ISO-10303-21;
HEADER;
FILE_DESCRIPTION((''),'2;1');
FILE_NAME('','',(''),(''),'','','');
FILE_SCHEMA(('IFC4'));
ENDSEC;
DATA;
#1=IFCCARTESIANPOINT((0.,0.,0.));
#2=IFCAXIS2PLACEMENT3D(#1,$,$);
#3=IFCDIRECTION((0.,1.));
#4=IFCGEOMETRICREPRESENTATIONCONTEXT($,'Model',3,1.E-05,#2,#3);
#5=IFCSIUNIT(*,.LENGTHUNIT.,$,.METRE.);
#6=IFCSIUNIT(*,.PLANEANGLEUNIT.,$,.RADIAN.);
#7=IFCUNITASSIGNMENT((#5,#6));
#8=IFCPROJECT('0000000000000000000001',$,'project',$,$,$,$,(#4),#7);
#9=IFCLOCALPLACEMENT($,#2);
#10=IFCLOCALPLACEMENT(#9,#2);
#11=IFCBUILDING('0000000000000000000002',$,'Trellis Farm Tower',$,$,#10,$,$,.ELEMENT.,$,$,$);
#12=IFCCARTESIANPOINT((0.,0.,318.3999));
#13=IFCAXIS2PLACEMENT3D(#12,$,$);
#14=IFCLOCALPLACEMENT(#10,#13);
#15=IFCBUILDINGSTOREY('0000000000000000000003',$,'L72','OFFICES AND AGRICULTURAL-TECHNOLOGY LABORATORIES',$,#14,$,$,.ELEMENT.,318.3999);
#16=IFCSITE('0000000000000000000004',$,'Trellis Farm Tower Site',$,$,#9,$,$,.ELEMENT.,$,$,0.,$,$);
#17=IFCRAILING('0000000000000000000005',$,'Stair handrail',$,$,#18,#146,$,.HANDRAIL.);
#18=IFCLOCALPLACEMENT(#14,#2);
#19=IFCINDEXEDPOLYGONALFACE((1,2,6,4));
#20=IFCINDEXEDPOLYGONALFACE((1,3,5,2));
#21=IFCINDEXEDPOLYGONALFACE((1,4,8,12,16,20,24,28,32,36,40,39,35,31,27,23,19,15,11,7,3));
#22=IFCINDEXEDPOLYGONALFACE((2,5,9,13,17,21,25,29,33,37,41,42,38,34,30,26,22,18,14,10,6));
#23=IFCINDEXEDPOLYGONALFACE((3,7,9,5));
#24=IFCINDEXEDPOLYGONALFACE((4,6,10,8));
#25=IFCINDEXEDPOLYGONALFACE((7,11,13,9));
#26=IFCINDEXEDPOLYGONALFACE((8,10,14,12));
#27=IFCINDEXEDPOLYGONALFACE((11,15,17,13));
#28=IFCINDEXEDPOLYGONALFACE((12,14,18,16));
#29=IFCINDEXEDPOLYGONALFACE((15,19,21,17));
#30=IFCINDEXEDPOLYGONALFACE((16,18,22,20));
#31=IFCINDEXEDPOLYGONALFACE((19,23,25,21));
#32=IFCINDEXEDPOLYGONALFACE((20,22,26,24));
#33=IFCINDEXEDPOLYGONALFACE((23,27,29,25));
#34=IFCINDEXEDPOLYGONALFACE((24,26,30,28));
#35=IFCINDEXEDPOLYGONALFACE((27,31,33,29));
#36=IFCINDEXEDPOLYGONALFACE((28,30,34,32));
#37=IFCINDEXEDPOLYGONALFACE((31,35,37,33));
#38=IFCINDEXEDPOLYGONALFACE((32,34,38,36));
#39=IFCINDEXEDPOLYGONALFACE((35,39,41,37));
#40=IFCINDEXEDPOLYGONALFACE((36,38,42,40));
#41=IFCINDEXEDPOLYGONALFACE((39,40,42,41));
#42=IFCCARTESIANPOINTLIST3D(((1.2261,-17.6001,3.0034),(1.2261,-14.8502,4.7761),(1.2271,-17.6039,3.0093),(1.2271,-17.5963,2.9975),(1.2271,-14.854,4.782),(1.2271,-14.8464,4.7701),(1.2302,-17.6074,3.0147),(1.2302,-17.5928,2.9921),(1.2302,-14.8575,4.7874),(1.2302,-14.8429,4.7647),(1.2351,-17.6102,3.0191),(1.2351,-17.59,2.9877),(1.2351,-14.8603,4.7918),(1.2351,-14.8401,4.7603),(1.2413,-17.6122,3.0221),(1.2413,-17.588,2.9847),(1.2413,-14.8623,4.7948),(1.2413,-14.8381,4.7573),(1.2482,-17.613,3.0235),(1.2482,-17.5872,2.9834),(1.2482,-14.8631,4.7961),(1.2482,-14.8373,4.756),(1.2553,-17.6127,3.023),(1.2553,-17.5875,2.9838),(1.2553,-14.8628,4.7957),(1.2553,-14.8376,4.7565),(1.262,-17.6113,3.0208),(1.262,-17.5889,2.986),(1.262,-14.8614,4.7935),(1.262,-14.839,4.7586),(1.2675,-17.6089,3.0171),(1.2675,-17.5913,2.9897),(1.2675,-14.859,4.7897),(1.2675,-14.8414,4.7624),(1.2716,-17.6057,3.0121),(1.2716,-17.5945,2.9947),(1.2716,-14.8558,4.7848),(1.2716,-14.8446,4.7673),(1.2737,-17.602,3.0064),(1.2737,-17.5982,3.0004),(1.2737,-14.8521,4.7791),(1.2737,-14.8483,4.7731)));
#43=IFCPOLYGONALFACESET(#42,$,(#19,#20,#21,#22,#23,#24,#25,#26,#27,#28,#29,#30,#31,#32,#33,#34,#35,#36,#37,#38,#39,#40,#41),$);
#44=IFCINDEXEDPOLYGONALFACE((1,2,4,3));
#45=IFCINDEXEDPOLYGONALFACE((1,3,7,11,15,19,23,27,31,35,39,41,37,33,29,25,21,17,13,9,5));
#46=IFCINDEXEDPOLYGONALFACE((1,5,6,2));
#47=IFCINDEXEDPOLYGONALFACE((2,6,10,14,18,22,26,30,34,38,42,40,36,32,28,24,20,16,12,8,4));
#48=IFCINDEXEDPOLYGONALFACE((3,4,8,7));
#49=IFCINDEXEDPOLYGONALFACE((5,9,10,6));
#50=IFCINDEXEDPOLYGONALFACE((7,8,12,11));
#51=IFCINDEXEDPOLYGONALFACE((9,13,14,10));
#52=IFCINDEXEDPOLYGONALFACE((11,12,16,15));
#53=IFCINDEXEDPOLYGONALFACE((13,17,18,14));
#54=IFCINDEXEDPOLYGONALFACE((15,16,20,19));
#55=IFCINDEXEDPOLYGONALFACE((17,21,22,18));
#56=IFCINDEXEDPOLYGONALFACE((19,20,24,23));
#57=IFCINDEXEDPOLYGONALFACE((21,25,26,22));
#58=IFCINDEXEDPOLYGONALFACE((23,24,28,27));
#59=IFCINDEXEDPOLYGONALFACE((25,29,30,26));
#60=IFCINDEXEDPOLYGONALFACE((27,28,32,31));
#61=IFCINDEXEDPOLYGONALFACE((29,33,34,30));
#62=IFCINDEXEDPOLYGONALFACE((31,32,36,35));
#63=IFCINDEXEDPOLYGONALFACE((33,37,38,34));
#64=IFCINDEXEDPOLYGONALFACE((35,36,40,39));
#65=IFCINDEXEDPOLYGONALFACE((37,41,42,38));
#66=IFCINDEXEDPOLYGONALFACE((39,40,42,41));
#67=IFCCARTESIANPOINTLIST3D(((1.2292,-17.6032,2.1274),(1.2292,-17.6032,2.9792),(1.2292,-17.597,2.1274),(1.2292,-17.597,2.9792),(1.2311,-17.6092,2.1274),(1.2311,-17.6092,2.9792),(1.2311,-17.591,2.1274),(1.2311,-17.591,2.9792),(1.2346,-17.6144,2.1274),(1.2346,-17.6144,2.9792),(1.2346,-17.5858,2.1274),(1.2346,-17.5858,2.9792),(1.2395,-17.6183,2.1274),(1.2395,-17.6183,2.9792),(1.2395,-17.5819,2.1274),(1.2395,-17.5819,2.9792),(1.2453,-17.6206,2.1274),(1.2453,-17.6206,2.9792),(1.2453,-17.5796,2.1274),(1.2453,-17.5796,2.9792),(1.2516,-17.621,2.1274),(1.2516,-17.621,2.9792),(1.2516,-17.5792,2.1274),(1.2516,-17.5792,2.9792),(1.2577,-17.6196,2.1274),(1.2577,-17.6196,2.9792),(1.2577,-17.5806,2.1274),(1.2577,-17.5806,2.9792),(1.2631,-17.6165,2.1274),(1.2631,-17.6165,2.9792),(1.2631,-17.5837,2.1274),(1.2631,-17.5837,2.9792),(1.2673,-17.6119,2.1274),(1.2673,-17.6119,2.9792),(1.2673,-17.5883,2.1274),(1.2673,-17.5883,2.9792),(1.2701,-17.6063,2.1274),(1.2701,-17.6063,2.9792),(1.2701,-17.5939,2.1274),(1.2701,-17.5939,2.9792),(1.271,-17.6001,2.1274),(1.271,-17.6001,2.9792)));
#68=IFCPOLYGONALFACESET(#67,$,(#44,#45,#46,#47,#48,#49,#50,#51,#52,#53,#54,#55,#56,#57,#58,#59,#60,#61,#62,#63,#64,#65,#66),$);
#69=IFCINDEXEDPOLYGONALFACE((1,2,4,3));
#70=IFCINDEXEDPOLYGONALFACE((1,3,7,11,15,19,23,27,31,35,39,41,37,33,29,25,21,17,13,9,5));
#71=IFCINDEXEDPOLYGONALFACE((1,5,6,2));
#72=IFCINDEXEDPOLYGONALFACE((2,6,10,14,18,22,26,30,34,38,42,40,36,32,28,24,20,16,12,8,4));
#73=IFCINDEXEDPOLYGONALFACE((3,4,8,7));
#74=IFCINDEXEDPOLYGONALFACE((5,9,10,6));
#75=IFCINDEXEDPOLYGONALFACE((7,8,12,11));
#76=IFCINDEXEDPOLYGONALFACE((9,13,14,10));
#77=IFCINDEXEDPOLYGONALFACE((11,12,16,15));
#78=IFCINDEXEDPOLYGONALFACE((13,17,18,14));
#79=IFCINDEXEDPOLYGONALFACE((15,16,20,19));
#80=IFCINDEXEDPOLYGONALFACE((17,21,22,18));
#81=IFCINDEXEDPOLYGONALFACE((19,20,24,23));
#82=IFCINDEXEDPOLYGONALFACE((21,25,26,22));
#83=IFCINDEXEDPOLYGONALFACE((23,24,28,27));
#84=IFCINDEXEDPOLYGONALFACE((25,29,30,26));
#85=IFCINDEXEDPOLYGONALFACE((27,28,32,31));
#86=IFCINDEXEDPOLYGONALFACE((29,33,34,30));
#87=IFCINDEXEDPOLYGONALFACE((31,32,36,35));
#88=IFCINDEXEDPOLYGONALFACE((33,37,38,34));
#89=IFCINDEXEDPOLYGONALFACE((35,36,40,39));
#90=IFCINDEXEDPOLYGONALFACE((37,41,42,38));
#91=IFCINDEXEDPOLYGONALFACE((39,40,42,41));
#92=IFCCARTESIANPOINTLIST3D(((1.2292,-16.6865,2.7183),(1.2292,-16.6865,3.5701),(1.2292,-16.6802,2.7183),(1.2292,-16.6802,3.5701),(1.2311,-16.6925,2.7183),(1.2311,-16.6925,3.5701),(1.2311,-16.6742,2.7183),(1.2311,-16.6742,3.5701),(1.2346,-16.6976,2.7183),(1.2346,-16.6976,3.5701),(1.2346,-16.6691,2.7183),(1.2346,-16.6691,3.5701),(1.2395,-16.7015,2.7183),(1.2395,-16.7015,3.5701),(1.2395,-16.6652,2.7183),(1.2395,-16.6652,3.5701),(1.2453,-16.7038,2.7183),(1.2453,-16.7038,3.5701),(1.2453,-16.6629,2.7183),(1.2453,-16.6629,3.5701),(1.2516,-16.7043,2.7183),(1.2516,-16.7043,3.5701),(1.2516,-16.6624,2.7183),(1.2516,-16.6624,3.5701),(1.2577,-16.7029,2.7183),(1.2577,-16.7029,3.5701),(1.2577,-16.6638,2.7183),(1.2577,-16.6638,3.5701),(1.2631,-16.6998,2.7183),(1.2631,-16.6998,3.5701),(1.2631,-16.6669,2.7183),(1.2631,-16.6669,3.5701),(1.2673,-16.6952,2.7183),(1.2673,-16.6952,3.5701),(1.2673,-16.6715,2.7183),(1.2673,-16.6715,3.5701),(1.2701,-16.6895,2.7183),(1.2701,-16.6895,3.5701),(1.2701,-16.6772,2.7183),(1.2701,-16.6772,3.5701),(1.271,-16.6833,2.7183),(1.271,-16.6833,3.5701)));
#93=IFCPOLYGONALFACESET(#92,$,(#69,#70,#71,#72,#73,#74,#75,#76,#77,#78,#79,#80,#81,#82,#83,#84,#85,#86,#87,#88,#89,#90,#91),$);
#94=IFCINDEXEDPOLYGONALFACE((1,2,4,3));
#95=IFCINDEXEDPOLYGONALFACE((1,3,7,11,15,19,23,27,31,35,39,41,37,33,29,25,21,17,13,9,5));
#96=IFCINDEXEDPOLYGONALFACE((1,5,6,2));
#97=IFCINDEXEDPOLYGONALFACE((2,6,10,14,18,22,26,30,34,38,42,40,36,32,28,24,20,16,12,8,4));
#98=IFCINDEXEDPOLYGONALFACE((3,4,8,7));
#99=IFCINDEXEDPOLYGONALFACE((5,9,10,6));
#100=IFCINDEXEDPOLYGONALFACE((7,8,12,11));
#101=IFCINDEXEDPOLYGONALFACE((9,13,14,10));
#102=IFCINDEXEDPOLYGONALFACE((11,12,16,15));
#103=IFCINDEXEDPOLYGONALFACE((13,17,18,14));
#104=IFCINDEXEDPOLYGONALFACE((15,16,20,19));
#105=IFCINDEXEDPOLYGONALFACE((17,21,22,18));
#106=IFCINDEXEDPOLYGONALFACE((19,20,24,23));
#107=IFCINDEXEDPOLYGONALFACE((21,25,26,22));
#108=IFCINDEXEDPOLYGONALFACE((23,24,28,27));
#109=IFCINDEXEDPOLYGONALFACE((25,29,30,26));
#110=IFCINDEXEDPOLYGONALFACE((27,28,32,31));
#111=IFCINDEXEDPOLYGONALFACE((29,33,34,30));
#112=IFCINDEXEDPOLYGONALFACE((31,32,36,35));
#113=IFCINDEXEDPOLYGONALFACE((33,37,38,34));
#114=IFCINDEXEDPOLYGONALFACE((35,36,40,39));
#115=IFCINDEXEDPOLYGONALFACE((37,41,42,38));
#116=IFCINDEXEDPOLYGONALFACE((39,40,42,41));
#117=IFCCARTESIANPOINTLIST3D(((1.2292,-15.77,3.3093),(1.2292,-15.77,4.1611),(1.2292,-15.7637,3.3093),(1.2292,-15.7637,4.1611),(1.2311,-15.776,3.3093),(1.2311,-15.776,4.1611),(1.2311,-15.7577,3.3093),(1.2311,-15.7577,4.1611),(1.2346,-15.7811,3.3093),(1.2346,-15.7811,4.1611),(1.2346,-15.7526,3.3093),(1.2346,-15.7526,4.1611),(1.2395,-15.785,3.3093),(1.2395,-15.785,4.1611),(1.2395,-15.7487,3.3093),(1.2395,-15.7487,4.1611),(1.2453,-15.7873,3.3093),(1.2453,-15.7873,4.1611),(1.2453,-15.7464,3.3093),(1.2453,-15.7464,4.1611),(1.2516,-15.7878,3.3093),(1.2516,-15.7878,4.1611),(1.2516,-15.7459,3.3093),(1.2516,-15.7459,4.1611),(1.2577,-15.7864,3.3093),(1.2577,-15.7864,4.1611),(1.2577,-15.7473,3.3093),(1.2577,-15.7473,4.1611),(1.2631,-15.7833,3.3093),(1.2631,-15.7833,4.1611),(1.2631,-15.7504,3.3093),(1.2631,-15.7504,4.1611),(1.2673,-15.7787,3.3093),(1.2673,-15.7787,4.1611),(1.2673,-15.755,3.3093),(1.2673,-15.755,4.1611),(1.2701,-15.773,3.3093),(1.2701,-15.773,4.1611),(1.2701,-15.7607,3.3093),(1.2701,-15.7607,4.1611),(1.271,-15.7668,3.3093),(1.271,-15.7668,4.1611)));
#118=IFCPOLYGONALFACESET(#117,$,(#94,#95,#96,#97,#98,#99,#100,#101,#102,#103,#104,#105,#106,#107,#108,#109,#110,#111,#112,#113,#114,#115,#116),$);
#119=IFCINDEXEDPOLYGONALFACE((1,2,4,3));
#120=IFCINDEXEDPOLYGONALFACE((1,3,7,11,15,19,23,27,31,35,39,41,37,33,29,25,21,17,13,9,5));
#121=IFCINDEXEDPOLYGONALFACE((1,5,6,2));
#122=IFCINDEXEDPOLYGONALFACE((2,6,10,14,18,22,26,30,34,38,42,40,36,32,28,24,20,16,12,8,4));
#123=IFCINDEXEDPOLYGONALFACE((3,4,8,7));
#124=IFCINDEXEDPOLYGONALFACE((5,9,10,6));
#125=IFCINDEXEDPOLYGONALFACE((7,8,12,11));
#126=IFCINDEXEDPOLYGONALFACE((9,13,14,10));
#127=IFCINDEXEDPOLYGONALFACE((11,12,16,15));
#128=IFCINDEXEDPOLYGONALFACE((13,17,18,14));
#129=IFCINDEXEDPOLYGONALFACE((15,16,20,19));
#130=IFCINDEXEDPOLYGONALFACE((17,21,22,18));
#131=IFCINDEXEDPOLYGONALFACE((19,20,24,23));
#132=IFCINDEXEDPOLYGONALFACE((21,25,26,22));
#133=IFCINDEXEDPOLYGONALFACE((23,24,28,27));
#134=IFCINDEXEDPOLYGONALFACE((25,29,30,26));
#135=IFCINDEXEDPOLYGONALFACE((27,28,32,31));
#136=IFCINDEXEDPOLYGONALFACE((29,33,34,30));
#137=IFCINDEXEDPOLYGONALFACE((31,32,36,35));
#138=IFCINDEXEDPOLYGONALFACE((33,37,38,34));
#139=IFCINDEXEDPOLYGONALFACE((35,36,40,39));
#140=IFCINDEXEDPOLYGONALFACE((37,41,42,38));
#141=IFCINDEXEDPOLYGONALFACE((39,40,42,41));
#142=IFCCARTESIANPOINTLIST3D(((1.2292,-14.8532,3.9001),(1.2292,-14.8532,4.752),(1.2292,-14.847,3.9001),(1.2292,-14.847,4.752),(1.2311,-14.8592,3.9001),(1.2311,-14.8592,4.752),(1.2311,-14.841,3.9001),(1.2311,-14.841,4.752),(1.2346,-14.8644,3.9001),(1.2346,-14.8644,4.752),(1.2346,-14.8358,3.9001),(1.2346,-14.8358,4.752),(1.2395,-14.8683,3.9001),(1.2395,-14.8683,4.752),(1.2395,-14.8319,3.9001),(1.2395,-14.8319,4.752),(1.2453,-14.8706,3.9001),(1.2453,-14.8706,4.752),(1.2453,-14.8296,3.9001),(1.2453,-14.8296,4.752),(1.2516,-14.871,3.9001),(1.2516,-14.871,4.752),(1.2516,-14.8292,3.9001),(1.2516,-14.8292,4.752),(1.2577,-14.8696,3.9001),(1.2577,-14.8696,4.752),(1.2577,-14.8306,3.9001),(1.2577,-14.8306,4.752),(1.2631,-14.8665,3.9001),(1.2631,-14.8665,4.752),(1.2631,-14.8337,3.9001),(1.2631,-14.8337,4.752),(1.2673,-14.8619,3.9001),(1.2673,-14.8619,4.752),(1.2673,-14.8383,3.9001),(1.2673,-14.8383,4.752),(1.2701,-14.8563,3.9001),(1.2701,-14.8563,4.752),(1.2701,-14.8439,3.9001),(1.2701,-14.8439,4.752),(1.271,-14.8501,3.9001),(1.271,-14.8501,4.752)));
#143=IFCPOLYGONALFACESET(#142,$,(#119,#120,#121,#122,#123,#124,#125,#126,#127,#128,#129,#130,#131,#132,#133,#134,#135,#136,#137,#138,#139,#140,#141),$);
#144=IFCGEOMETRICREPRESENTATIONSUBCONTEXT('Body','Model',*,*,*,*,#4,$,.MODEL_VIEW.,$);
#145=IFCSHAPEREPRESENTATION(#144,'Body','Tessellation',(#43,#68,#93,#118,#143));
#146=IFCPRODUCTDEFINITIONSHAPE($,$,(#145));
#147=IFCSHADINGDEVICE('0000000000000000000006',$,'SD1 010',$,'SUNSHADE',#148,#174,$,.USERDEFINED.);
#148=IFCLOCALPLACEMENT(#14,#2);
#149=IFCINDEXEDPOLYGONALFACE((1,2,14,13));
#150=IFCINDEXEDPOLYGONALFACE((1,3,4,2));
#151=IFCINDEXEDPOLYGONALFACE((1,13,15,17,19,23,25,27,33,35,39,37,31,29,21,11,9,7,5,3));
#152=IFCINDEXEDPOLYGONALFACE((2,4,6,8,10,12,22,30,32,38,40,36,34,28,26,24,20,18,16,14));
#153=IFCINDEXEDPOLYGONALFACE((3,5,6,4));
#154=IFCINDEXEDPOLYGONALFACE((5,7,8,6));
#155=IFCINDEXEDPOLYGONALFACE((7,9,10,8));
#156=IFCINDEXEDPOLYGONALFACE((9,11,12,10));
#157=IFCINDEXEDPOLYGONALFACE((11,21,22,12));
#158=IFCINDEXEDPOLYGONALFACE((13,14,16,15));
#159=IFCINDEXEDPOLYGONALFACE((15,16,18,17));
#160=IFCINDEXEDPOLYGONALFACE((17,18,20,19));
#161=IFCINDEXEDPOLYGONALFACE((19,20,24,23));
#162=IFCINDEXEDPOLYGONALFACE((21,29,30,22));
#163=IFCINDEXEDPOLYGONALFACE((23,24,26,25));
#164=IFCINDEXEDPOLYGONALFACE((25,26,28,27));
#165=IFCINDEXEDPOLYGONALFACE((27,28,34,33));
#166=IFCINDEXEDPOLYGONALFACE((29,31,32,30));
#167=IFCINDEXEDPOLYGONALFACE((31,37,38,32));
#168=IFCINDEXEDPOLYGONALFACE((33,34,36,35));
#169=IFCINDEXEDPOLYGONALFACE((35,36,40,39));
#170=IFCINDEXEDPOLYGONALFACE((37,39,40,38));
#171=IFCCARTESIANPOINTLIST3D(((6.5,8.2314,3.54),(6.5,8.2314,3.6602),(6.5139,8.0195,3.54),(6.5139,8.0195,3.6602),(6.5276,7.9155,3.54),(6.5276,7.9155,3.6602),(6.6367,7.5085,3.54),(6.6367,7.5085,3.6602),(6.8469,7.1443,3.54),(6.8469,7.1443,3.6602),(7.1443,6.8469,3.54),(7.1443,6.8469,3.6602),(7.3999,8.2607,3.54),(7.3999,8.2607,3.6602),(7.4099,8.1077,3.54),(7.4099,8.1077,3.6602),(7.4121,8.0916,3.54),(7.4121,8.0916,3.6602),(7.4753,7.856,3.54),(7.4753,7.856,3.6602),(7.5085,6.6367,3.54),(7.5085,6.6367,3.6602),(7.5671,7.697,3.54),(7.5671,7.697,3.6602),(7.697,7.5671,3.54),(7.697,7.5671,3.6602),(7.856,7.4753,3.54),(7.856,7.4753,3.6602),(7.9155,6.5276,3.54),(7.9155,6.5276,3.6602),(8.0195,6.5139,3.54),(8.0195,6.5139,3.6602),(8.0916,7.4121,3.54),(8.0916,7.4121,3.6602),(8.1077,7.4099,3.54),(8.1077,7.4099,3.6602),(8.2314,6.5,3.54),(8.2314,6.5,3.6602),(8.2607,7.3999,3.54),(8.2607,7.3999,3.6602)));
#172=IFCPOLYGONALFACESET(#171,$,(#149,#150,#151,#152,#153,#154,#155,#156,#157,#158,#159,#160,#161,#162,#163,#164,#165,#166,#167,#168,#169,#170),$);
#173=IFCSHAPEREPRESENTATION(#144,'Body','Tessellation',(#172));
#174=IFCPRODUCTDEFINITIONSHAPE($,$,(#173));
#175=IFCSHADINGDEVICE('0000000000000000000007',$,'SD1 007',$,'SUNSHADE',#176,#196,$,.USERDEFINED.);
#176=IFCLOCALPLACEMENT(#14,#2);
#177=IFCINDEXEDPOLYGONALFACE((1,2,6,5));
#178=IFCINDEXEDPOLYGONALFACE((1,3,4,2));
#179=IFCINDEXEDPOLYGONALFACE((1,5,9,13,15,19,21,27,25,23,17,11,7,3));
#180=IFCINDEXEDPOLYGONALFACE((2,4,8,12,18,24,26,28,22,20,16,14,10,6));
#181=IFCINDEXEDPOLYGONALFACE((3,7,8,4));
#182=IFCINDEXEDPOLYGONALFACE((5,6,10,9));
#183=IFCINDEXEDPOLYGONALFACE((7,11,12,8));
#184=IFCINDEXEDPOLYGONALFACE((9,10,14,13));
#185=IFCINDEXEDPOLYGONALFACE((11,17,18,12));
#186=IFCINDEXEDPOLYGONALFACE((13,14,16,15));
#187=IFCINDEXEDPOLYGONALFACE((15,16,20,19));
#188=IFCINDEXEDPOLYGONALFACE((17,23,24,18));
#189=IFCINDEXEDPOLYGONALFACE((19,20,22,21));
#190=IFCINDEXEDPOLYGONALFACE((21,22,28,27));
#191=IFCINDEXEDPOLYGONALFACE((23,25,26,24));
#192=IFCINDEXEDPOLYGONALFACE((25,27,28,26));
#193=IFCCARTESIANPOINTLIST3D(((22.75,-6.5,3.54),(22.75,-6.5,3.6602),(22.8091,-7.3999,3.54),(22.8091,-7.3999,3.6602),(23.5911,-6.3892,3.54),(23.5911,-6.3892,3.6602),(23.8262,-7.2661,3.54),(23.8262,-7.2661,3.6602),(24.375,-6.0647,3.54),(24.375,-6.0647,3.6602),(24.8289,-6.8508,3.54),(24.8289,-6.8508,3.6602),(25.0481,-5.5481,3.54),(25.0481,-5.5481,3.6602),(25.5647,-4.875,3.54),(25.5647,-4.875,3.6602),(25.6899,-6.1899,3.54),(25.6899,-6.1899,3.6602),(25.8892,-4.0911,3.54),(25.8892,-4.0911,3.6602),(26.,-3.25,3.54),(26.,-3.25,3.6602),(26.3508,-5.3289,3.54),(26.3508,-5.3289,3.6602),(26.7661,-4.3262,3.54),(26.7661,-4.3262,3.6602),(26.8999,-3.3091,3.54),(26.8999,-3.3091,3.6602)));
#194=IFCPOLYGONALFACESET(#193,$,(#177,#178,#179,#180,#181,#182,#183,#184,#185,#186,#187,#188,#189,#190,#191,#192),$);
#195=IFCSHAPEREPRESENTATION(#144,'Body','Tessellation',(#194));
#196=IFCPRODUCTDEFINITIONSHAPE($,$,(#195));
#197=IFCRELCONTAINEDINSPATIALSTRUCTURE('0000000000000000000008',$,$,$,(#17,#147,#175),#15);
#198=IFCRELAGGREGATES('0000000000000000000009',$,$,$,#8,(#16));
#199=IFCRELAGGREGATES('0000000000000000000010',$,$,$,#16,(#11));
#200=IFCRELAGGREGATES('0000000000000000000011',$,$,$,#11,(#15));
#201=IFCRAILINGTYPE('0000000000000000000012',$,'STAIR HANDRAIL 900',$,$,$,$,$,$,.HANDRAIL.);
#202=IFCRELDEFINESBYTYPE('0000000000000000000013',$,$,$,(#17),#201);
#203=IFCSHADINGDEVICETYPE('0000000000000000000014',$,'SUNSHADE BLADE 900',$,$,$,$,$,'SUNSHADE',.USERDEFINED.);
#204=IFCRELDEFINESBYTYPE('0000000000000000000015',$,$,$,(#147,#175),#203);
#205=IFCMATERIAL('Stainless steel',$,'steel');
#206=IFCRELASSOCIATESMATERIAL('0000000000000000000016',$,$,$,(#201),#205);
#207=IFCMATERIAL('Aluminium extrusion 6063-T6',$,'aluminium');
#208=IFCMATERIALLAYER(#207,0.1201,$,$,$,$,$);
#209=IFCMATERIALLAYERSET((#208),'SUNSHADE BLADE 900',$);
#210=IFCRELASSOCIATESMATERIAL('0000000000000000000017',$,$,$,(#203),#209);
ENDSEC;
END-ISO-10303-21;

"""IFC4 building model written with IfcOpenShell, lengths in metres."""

from ifc_helpers import new_model, si_unit, direction, frame, origin, origin_2d, place, context, subcontext, project, spatial, polyline, circle, outline, extrude, source, transform, mapped, material, layer, layer_set, type_object, element, save


model = new_model("IFC4")

# Units and contexts
model_context = context("Model", 3, precision=1e-05, world=origin(), true_north=direction((0.0, 1.0)))
body_context = subcontext(model_context, "Body", "Model", "MODEL_VIEW")
ifc_project = project(units=[si_unit("LENGTHUNIT", "METRE"), si_unit("PLANEANGLEUNIT", "RADIAN")], contexts=[model_context])

# Site, building, storey
site_placement = place(None, origin())
site = spatial("IfcSite", under=ifc_project, at=site_placement, Name="Trellis Farm Tower Site", CompositionType="ELEMENT", RefElevation=0.0)
building_placement = place(site_placement, origin())
building = spatial("IfcBuilding", under=site, at=building_placement, Name="Trellis Farm Tower", CompositionType="ELEMENT")
storey_placement = place(building_placement, frame((0.0, 0.0, 318.3999)))
storey = spatial("IfcBuildingStorey", under=building, at=storey_placement, Name="L72", Description="OFFICES AND AGRICULTURAL-TECHNOLOGY LABORATORIES", CompositionType="ELEMENT", Elevation=318.3999)

# Shared definitions
ifc_material_1 = material(Name="Aluminium extrusion 6063-T6", Category="aluminium")

# Railing
ifc_material_2 = material(Name="Stainless steel", Category="steel")
railing_type = type_object("IfcRailingType", Name="STAIR HANDRAIL 900", PredefinedType="HANDRAIL", material=ifc_material_2)
shared_shape_1 = source(origin(), body_context, "Body", "SweptSolid", [
    extrude(circle(Radius=0.0239, at=origin_2d()), frame((0.0, 0.0, 0.876), z_axis=(0.0, 0.840504, 0.541806), x_axis=(-1.0, 0.0, 0.0)), (0.0, 0.0, 1.0), 3.2717),
    extrude(circle(Radius=0.021, at=origin_2d()), origin(), (0.0, 0.0, 1.0), 0.8518),
    extrude(circle(Radius=0.021, at=origin_2d()), frame((0.0, 0.9167, 0.5908)), (0.0, 0.0, 1.0), 0.8518),
    extrude(circle(Radius=0.021, at=origin_2d()), frame((0.0, 1.8333, 1.1819)), (0.0, 0.0, 1.0), 0.8518),
    extrude(circle(Radius=0.021, at=origin_2d()), frame((0.0, 2.75, 1.7727)), (0.0, 0.0, 1.0), 0.8518),
])
railing_placement = place(storey_placement, frame((1.25, -17.6001, 2.1274)))
element("IfcRailing", 1, at=railing_placement, inside=storey, type_object=railing_type, Name="Stair handrail", PredefinedType="HANDRAIL", context=body_context, shape_type="MappedRepresentation", body=[
    mapped(shared_shape_1, transform((0.0, 0.0, 0.0))),
])

# Shading devices
ifc_layer_1 = layer(ifc_material_1, 0.1201)
ifc_layer_set_1 = layer_set([ifc_layer_1], Name="SUNSHADE BLADE 900")
shading_device_type_1 = type_object("IfcShadingDeviceType", Name="SUNSHADE BLADE 900", ElementType="SUNSHADE", PredefinedType="USERDEFINED", material=ifc_layer_set_1)
shared_shape_2 = source(origin(), body_context, "Body", "SweptSolid", [
    extrude(outline(polyline([(8.2607, 7.3999), (8.1077, 7.4099), (8.0916, 7.4121), (7.856, 7.4753), (7.697, 7.5671), (7.5671, 7.697), (7.4753, 7.856), (7.4121, 8.0916), (7.4099, 8.1077), (7.3999, 8.2607), (6.5, 8.2314), (6.5139, 8.0195), (6.5276, 7.9155), (6.6367, 7.5085), (6.8469, 7.1443), (7.1443, 6.8469), (7.5085, 6.6367), (7.9155, 6.5276), (8.0195, 6.5139), (8.2314, 6.5), (8.2607, 7.3999)])), origin(), (0.0, 0.0, 1.0), 0.1201),
])
placement_1 = place(storey_placement, frame((0.0, 0.0, 3.54)))
element("IfcShadingDevice", 2, at=placement_1, inside=storey, type_object=shading_device_type_1, Name="SD1 010", ObjectType="SUNSHADE", PredefinedType="USERDEFINED", context=body_context, shape_type="MappedRepresentation", body=[
    mapped(shared_shape_2, transform((0.0, 0.0, 0.0))),
])
shared_shape_3 = source(origin(), body_context, "Body", "SweptSolid", [
    extrude(outline(polyline([(22.8091, -7.3999), (23.8262, -7.2661), (24.8289, -6.8508), (25.6899, -6.1899), (26.3508, -5.3289), (26.7661, -4.3262), (26.8999, -3.3091), (26.0, -3.25), (25.8892, -4.0911), (25.5647, -4.875), (25.0481, -5.5481), (24.375, -6.0647), (23.5911, -6.3892), (22.75, -6.5), (22.8091, -7.3999)])), origin(), (0.0, 0.0, 1.0), 0.1201),
])
element("IfcShadingDevice", 3, at=placement_1, inside=storey, type_object=shading_device_type_1, Name="SD1 007", ObjectType="SUNSHADE", PredefinedType="USERDEFINED", context=body_context, shape_type="MappedRepresentation", body=[
    mapped(shared_shape_3, transform((0.0, 0.0, 0.0))),
])

save(model, "model.ifc")
